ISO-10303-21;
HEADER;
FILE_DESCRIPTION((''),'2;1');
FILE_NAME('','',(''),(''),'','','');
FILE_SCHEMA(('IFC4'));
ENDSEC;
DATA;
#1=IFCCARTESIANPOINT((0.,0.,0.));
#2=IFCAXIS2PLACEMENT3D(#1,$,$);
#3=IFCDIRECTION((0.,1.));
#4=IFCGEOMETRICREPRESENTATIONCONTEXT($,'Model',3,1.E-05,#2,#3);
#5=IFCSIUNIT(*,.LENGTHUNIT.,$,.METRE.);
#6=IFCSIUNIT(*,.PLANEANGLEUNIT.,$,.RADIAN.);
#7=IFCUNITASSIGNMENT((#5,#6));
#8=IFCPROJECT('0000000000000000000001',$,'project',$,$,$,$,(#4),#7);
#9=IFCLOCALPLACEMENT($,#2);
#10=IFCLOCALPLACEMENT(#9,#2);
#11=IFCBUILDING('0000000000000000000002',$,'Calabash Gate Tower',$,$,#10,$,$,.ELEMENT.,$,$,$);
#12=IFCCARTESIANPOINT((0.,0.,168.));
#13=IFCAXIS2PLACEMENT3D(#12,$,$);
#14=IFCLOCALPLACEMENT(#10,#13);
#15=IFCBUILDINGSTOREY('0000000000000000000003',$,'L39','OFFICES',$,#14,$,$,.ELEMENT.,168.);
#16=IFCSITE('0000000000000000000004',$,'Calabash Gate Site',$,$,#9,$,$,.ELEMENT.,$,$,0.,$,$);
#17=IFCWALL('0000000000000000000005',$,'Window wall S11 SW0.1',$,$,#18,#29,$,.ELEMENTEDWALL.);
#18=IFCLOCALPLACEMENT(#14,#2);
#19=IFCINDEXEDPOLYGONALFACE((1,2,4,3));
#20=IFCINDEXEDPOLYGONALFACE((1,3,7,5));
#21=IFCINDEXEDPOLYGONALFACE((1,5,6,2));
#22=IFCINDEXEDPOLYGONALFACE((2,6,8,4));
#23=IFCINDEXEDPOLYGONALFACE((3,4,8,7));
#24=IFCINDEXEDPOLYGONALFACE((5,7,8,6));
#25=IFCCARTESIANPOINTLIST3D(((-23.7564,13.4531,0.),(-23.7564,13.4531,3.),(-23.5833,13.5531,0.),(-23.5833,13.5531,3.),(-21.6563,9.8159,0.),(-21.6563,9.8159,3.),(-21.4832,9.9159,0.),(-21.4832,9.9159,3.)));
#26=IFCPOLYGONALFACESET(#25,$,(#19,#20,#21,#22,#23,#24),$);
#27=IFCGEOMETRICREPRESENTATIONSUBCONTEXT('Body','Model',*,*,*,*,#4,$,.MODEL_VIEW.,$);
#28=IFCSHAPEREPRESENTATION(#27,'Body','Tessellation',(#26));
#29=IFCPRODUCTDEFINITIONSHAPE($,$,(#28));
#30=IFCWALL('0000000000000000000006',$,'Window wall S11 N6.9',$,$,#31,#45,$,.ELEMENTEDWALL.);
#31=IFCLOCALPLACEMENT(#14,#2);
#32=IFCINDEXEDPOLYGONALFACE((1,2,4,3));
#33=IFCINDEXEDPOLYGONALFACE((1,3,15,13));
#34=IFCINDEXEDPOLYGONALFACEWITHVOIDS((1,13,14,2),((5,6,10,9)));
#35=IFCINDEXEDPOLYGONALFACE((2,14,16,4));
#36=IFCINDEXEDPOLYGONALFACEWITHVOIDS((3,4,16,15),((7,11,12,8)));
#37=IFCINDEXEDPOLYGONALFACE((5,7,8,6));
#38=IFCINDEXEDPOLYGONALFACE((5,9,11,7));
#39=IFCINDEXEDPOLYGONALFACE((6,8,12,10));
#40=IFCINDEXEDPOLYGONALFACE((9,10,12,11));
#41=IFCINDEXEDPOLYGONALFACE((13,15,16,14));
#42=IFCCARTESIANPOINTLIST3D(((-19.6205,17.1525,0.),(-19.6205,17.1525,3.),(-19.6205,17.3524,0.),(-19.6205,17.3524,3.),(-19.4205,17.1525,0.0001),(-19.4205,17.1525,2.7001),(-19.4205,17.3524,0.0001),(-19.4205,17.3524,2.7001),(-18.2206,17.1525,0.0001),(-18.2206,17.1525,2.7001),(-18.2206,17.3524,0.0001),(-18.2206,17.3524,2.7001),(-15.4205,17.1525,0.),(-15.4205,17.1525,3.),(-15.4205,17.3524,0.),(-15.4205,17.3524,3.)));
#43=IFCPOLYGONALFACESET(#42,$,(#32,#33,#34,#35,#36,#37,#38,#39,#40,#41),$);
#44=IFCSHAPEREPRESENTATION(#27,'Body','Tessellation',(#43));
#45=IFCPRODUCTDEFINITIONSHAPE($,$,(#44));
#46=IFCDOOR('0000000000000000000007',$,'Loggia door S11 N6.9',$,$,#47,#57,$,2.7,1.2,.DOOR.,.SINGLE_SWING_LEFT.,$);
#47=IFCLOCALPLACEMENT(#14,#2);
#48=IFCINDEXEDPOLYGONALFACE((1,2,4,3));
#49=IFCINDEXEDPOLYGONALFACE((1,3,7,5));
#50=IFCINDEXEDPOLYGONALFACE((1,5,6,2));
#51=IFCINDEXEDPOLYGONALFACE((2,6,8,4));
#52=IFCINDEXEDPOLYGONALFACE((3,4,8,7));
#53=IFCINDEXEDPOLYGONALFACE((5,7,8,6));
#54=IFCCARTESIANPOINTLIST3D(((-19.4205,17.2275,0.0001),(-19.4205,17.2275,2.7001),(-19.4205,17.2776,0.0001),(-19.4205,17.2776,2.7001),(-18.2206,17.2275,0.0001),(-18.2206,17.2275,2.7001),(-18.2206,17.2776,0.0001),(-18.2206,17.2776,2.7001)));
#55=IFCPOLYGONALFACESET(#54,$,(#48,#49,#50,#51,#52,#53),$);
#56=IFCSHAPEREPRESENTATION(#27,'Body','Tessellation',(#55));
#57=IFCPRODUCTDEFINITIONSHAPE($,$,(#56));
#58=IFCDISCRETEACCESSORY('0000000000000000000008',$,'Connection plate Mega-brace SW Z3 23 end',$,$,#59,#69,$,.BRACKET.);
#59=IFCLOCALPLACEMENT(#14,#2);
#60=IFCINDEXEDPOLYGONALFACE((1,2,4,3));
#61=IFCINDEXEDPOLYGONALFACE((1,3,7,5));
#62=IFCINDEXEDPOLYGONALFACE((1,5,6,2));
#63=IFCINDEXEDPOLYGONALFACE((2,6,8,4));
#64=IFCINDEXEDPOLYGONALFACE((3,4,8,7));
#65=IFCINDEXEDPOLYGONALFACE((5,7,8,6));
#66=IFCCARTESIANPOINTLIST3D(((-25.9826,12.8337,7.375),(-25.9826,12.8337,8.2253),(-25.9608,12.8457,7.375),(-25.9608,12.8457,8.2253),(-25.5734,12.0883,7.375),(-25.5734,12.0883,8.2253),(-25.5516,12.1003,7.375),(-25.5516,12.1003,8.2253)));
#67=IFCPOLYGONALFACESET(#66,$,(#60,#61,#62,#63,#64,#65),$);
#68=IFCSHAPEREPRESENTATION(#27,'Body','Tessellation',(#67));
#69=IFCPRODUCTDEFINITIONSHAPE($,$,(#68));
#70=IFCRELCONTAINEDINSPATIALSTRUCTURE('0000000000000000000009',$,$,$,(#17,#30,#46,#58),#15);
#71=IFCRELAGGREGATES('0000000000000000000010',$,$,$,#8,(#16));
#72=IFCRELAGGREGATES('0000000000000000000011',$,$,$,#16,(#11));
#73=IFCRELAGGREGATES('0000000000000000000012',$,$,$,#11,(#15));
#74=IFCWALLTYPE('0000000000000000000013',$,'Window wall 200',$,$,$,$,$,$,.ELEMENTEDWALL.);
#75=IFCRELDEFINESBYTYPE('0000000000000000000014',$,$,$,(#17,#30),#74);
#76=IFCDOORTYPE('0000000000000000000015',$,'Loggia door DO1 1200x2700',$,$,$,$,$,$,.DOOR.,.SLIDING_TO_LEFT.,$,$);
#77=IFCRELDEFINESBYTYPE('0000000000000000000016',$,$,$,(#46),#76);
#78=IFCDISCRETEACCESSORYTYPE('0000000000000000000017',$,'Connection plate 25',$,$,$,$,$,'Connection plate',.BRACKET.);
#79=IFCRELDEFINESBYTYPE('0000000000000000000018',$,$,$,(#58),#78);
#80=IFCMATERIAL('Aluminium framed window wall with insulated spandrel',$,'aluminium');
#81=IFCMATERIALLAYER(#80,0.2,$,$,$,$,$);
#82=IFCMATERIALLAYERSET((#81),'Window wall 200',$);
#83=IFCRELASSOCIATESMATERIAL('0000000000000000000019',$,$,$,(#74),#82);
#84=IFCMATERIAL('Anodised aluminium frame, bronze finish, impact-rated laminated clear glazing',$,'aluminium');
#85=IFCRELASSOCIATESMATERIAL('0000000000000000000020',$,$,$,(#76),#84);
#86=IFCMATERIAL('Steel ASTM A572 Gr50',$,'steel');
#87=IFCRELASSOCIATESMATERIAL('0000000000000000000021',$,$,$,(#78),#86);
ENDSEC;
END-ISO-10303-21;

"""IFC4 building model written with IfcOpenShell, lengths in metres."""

from ifc_helpers import new_model, si_unit, direction, frame, frame_2d, origin, origin_2d, place, context, subcontext, project, spatial, rectangle, extrude, material, layer, layer_set, type_object, element, fill, save


model = new_model("IFC4")

# Units and contexts
model_context = context("Model", 3, precision=1e-05, world=origin(), true_north=direction((0.0, 1.0)))
body_context = subcontext(model_context, "Body", "Model", "MODEL_VIEW")
ifc_project = project(units=[si_unit("LENGTHUNIT", "METRE"), si_unit("PLANEANGLEUNIT", "RADIAN")], contexts=[model_context])

# Site, building, storey
site_placement = place(None, origin())
site = spatial("IfcSite", under=ifc_project, at=site_placement, Name="Calabash Gate Site", CompositionType="ELEMENT", RefElevation=0.0)
building_placement = place(site_placement, origin())
building = spatial("IfcBuilding", under=site, at=building_placement, Name="Calabash Gate Tower", CompositionType="ELEMENT")
storey_placement = place(building_placement, frame((0.0, 0.0, 168.0)))
storey = spatial("IfcBuildingStorey", under=building, at=storey_placement, Name="L39", Description="OFFICES", CompositionType="ELEMENT", Elevation=168.0)

# Wall
ifc_material_1 = material(Name="Aluminium framed window wall with insulated spandrel", Category="aluminium")
ifc_layer_1 = layer(ifc_material_1, 0.2)
ifc_layer_set_1 = layer_set([ifc_layer_1], Name="Window wall 200")
wall_type_1 = type_object("IfcWallType", Name="Window wall 200", PredefinedType="ELEMENTEDWALL", material=ifc_layer_set_1)
wall_1_placement = place(storey_placement, frame((-23.6699, 13.5032, 0.0), z_axis=(0.0, 0.0, 1.0), x_axis=(0.500028, -0.866009, 0.0)))
element("IfcWall", 1, at=wall_1_placement, inside=storey, type_object=wall_type_1, Name="Window wall S11 SW0.1", PredefinedType="ELEMENTEDWALL", context=body_context, shape_type="SweptSolid", body=[
    extrude(rectangle(XDim=4.2, YDim=0.2, at=frame_2d((2.1001, 0.0))), origin(), (0.0, 0.0, 1.0), 3.0),
])

# Wall, opening, door
wall_2_placement = place(storey_placement, frame((-15.4204, 17.2524, 0.0), z_axis=(0.0, 0.0, 1.0), x_axis=(-1.0, 0.0, 0.0)))
wall_2 = element("IfcWall", 2, at=wall_2_placement, inside=storey, type_object=wall_type_1, Name="Window wall S11 N6.9", PredefinedType="ELEMENTEDWALL", context=body_context, shape_type="SweptSolid", body=[
    extrude(rectangle(XDim=4.2, YDim=0.2, at=frame_2d((2.1001, 0.0))), origin(), (0.0, 0.0, 1.0), 3.0),
])
opening_1_placement = place(wall_2_placement, frame((2.8, 0.0, 0.0)))
opening_1 = element("IfcOpeningElement", 3, at=opening_1_placement, cuts=wall_2, PredefinedType="OPENING", context=body_context, shape_type="SweptSolid", body=[
    extrude(rectangle(XDim=1.2, YDim=2.7, at=frame_2d((0.6001, 1.3501))), frame((0.0, 0.1099, 0.0), z_axis=(0.0, -1.0, 0.0), x_axis=(1.0, 0.0, 0.0)), (0.0, 0.0, 1.0), 0.22),
])
ifc_material_2 = material(Name="Anodised aluminium frame, bronze finish, impact-rated laminated clear glazing", Category="aluminium")
door_type_1 = type_object("IfcDoorType", Name="Loggia door DO1 1200x2700", OperationType="SLIDING_TO_LEFT", PredefinedType="DOOR", material=ifc_material_2)
door_1_placement = place(opening_1_placement, origin())
door_1 = element("IfcDoor", 4, at=door_1_placement, inside=storey, type_object=door_type_1, Name="Loggia door S11 N6.9", OperationType="SINGLE_SWING_LEFT", OverallHeight=2.7, OverallWidth=1.2, PredefinedType="DOOR", context=body_context, shape_type="SweptSolid", body=[
    extrude(rectangle(XDim=1.2, YDim=2.7, at=frame_2d((0.6001, 1.3501))), frame((0.0, 0.0249, 0.0), z_axis=(0.0, -1.0, 0.0), x_axis=(1.0, 0.0, 0.0)), (0.0, 0.0, 1.0), 0.05),
])
fill(opening_1, door_1)

# Discrete accessory
ifc_material_3 = material(Name="Steel ASTM A572 Gr50", Category="steel")
discrete_accessory_type = type_object("IfcDiscreteAccessoryType", Name="Connection plate 25", ElementType="Connection plate", PredefinedType="BRACKET", material=ifc_material_3)
discrete_accessory_placement = place(storey_placement, frame((-25.7671, 12.467, 7.375), z_axis=(0.0, 0.0, 1.0), x_axis=(-0.481237, 0.876591, 0.0)))
element("IfcDiscreteAccessory", 5, at=discrete_accessory_placement, inside=storey, type_object=discrete_accessory_type, Name="Connection plate Mega-brace SW Z3 23 end", PredefinedType="BRACKET", context=body_context, shape_type="SweptSolid", body=[
    extrude(rectangle(XDim=0.8503, YDim=0.0249, at=origin_2d()), origin(), (0.0, 0.0, 1.0), 0.8503),
])

save(model, "model.ifc")
